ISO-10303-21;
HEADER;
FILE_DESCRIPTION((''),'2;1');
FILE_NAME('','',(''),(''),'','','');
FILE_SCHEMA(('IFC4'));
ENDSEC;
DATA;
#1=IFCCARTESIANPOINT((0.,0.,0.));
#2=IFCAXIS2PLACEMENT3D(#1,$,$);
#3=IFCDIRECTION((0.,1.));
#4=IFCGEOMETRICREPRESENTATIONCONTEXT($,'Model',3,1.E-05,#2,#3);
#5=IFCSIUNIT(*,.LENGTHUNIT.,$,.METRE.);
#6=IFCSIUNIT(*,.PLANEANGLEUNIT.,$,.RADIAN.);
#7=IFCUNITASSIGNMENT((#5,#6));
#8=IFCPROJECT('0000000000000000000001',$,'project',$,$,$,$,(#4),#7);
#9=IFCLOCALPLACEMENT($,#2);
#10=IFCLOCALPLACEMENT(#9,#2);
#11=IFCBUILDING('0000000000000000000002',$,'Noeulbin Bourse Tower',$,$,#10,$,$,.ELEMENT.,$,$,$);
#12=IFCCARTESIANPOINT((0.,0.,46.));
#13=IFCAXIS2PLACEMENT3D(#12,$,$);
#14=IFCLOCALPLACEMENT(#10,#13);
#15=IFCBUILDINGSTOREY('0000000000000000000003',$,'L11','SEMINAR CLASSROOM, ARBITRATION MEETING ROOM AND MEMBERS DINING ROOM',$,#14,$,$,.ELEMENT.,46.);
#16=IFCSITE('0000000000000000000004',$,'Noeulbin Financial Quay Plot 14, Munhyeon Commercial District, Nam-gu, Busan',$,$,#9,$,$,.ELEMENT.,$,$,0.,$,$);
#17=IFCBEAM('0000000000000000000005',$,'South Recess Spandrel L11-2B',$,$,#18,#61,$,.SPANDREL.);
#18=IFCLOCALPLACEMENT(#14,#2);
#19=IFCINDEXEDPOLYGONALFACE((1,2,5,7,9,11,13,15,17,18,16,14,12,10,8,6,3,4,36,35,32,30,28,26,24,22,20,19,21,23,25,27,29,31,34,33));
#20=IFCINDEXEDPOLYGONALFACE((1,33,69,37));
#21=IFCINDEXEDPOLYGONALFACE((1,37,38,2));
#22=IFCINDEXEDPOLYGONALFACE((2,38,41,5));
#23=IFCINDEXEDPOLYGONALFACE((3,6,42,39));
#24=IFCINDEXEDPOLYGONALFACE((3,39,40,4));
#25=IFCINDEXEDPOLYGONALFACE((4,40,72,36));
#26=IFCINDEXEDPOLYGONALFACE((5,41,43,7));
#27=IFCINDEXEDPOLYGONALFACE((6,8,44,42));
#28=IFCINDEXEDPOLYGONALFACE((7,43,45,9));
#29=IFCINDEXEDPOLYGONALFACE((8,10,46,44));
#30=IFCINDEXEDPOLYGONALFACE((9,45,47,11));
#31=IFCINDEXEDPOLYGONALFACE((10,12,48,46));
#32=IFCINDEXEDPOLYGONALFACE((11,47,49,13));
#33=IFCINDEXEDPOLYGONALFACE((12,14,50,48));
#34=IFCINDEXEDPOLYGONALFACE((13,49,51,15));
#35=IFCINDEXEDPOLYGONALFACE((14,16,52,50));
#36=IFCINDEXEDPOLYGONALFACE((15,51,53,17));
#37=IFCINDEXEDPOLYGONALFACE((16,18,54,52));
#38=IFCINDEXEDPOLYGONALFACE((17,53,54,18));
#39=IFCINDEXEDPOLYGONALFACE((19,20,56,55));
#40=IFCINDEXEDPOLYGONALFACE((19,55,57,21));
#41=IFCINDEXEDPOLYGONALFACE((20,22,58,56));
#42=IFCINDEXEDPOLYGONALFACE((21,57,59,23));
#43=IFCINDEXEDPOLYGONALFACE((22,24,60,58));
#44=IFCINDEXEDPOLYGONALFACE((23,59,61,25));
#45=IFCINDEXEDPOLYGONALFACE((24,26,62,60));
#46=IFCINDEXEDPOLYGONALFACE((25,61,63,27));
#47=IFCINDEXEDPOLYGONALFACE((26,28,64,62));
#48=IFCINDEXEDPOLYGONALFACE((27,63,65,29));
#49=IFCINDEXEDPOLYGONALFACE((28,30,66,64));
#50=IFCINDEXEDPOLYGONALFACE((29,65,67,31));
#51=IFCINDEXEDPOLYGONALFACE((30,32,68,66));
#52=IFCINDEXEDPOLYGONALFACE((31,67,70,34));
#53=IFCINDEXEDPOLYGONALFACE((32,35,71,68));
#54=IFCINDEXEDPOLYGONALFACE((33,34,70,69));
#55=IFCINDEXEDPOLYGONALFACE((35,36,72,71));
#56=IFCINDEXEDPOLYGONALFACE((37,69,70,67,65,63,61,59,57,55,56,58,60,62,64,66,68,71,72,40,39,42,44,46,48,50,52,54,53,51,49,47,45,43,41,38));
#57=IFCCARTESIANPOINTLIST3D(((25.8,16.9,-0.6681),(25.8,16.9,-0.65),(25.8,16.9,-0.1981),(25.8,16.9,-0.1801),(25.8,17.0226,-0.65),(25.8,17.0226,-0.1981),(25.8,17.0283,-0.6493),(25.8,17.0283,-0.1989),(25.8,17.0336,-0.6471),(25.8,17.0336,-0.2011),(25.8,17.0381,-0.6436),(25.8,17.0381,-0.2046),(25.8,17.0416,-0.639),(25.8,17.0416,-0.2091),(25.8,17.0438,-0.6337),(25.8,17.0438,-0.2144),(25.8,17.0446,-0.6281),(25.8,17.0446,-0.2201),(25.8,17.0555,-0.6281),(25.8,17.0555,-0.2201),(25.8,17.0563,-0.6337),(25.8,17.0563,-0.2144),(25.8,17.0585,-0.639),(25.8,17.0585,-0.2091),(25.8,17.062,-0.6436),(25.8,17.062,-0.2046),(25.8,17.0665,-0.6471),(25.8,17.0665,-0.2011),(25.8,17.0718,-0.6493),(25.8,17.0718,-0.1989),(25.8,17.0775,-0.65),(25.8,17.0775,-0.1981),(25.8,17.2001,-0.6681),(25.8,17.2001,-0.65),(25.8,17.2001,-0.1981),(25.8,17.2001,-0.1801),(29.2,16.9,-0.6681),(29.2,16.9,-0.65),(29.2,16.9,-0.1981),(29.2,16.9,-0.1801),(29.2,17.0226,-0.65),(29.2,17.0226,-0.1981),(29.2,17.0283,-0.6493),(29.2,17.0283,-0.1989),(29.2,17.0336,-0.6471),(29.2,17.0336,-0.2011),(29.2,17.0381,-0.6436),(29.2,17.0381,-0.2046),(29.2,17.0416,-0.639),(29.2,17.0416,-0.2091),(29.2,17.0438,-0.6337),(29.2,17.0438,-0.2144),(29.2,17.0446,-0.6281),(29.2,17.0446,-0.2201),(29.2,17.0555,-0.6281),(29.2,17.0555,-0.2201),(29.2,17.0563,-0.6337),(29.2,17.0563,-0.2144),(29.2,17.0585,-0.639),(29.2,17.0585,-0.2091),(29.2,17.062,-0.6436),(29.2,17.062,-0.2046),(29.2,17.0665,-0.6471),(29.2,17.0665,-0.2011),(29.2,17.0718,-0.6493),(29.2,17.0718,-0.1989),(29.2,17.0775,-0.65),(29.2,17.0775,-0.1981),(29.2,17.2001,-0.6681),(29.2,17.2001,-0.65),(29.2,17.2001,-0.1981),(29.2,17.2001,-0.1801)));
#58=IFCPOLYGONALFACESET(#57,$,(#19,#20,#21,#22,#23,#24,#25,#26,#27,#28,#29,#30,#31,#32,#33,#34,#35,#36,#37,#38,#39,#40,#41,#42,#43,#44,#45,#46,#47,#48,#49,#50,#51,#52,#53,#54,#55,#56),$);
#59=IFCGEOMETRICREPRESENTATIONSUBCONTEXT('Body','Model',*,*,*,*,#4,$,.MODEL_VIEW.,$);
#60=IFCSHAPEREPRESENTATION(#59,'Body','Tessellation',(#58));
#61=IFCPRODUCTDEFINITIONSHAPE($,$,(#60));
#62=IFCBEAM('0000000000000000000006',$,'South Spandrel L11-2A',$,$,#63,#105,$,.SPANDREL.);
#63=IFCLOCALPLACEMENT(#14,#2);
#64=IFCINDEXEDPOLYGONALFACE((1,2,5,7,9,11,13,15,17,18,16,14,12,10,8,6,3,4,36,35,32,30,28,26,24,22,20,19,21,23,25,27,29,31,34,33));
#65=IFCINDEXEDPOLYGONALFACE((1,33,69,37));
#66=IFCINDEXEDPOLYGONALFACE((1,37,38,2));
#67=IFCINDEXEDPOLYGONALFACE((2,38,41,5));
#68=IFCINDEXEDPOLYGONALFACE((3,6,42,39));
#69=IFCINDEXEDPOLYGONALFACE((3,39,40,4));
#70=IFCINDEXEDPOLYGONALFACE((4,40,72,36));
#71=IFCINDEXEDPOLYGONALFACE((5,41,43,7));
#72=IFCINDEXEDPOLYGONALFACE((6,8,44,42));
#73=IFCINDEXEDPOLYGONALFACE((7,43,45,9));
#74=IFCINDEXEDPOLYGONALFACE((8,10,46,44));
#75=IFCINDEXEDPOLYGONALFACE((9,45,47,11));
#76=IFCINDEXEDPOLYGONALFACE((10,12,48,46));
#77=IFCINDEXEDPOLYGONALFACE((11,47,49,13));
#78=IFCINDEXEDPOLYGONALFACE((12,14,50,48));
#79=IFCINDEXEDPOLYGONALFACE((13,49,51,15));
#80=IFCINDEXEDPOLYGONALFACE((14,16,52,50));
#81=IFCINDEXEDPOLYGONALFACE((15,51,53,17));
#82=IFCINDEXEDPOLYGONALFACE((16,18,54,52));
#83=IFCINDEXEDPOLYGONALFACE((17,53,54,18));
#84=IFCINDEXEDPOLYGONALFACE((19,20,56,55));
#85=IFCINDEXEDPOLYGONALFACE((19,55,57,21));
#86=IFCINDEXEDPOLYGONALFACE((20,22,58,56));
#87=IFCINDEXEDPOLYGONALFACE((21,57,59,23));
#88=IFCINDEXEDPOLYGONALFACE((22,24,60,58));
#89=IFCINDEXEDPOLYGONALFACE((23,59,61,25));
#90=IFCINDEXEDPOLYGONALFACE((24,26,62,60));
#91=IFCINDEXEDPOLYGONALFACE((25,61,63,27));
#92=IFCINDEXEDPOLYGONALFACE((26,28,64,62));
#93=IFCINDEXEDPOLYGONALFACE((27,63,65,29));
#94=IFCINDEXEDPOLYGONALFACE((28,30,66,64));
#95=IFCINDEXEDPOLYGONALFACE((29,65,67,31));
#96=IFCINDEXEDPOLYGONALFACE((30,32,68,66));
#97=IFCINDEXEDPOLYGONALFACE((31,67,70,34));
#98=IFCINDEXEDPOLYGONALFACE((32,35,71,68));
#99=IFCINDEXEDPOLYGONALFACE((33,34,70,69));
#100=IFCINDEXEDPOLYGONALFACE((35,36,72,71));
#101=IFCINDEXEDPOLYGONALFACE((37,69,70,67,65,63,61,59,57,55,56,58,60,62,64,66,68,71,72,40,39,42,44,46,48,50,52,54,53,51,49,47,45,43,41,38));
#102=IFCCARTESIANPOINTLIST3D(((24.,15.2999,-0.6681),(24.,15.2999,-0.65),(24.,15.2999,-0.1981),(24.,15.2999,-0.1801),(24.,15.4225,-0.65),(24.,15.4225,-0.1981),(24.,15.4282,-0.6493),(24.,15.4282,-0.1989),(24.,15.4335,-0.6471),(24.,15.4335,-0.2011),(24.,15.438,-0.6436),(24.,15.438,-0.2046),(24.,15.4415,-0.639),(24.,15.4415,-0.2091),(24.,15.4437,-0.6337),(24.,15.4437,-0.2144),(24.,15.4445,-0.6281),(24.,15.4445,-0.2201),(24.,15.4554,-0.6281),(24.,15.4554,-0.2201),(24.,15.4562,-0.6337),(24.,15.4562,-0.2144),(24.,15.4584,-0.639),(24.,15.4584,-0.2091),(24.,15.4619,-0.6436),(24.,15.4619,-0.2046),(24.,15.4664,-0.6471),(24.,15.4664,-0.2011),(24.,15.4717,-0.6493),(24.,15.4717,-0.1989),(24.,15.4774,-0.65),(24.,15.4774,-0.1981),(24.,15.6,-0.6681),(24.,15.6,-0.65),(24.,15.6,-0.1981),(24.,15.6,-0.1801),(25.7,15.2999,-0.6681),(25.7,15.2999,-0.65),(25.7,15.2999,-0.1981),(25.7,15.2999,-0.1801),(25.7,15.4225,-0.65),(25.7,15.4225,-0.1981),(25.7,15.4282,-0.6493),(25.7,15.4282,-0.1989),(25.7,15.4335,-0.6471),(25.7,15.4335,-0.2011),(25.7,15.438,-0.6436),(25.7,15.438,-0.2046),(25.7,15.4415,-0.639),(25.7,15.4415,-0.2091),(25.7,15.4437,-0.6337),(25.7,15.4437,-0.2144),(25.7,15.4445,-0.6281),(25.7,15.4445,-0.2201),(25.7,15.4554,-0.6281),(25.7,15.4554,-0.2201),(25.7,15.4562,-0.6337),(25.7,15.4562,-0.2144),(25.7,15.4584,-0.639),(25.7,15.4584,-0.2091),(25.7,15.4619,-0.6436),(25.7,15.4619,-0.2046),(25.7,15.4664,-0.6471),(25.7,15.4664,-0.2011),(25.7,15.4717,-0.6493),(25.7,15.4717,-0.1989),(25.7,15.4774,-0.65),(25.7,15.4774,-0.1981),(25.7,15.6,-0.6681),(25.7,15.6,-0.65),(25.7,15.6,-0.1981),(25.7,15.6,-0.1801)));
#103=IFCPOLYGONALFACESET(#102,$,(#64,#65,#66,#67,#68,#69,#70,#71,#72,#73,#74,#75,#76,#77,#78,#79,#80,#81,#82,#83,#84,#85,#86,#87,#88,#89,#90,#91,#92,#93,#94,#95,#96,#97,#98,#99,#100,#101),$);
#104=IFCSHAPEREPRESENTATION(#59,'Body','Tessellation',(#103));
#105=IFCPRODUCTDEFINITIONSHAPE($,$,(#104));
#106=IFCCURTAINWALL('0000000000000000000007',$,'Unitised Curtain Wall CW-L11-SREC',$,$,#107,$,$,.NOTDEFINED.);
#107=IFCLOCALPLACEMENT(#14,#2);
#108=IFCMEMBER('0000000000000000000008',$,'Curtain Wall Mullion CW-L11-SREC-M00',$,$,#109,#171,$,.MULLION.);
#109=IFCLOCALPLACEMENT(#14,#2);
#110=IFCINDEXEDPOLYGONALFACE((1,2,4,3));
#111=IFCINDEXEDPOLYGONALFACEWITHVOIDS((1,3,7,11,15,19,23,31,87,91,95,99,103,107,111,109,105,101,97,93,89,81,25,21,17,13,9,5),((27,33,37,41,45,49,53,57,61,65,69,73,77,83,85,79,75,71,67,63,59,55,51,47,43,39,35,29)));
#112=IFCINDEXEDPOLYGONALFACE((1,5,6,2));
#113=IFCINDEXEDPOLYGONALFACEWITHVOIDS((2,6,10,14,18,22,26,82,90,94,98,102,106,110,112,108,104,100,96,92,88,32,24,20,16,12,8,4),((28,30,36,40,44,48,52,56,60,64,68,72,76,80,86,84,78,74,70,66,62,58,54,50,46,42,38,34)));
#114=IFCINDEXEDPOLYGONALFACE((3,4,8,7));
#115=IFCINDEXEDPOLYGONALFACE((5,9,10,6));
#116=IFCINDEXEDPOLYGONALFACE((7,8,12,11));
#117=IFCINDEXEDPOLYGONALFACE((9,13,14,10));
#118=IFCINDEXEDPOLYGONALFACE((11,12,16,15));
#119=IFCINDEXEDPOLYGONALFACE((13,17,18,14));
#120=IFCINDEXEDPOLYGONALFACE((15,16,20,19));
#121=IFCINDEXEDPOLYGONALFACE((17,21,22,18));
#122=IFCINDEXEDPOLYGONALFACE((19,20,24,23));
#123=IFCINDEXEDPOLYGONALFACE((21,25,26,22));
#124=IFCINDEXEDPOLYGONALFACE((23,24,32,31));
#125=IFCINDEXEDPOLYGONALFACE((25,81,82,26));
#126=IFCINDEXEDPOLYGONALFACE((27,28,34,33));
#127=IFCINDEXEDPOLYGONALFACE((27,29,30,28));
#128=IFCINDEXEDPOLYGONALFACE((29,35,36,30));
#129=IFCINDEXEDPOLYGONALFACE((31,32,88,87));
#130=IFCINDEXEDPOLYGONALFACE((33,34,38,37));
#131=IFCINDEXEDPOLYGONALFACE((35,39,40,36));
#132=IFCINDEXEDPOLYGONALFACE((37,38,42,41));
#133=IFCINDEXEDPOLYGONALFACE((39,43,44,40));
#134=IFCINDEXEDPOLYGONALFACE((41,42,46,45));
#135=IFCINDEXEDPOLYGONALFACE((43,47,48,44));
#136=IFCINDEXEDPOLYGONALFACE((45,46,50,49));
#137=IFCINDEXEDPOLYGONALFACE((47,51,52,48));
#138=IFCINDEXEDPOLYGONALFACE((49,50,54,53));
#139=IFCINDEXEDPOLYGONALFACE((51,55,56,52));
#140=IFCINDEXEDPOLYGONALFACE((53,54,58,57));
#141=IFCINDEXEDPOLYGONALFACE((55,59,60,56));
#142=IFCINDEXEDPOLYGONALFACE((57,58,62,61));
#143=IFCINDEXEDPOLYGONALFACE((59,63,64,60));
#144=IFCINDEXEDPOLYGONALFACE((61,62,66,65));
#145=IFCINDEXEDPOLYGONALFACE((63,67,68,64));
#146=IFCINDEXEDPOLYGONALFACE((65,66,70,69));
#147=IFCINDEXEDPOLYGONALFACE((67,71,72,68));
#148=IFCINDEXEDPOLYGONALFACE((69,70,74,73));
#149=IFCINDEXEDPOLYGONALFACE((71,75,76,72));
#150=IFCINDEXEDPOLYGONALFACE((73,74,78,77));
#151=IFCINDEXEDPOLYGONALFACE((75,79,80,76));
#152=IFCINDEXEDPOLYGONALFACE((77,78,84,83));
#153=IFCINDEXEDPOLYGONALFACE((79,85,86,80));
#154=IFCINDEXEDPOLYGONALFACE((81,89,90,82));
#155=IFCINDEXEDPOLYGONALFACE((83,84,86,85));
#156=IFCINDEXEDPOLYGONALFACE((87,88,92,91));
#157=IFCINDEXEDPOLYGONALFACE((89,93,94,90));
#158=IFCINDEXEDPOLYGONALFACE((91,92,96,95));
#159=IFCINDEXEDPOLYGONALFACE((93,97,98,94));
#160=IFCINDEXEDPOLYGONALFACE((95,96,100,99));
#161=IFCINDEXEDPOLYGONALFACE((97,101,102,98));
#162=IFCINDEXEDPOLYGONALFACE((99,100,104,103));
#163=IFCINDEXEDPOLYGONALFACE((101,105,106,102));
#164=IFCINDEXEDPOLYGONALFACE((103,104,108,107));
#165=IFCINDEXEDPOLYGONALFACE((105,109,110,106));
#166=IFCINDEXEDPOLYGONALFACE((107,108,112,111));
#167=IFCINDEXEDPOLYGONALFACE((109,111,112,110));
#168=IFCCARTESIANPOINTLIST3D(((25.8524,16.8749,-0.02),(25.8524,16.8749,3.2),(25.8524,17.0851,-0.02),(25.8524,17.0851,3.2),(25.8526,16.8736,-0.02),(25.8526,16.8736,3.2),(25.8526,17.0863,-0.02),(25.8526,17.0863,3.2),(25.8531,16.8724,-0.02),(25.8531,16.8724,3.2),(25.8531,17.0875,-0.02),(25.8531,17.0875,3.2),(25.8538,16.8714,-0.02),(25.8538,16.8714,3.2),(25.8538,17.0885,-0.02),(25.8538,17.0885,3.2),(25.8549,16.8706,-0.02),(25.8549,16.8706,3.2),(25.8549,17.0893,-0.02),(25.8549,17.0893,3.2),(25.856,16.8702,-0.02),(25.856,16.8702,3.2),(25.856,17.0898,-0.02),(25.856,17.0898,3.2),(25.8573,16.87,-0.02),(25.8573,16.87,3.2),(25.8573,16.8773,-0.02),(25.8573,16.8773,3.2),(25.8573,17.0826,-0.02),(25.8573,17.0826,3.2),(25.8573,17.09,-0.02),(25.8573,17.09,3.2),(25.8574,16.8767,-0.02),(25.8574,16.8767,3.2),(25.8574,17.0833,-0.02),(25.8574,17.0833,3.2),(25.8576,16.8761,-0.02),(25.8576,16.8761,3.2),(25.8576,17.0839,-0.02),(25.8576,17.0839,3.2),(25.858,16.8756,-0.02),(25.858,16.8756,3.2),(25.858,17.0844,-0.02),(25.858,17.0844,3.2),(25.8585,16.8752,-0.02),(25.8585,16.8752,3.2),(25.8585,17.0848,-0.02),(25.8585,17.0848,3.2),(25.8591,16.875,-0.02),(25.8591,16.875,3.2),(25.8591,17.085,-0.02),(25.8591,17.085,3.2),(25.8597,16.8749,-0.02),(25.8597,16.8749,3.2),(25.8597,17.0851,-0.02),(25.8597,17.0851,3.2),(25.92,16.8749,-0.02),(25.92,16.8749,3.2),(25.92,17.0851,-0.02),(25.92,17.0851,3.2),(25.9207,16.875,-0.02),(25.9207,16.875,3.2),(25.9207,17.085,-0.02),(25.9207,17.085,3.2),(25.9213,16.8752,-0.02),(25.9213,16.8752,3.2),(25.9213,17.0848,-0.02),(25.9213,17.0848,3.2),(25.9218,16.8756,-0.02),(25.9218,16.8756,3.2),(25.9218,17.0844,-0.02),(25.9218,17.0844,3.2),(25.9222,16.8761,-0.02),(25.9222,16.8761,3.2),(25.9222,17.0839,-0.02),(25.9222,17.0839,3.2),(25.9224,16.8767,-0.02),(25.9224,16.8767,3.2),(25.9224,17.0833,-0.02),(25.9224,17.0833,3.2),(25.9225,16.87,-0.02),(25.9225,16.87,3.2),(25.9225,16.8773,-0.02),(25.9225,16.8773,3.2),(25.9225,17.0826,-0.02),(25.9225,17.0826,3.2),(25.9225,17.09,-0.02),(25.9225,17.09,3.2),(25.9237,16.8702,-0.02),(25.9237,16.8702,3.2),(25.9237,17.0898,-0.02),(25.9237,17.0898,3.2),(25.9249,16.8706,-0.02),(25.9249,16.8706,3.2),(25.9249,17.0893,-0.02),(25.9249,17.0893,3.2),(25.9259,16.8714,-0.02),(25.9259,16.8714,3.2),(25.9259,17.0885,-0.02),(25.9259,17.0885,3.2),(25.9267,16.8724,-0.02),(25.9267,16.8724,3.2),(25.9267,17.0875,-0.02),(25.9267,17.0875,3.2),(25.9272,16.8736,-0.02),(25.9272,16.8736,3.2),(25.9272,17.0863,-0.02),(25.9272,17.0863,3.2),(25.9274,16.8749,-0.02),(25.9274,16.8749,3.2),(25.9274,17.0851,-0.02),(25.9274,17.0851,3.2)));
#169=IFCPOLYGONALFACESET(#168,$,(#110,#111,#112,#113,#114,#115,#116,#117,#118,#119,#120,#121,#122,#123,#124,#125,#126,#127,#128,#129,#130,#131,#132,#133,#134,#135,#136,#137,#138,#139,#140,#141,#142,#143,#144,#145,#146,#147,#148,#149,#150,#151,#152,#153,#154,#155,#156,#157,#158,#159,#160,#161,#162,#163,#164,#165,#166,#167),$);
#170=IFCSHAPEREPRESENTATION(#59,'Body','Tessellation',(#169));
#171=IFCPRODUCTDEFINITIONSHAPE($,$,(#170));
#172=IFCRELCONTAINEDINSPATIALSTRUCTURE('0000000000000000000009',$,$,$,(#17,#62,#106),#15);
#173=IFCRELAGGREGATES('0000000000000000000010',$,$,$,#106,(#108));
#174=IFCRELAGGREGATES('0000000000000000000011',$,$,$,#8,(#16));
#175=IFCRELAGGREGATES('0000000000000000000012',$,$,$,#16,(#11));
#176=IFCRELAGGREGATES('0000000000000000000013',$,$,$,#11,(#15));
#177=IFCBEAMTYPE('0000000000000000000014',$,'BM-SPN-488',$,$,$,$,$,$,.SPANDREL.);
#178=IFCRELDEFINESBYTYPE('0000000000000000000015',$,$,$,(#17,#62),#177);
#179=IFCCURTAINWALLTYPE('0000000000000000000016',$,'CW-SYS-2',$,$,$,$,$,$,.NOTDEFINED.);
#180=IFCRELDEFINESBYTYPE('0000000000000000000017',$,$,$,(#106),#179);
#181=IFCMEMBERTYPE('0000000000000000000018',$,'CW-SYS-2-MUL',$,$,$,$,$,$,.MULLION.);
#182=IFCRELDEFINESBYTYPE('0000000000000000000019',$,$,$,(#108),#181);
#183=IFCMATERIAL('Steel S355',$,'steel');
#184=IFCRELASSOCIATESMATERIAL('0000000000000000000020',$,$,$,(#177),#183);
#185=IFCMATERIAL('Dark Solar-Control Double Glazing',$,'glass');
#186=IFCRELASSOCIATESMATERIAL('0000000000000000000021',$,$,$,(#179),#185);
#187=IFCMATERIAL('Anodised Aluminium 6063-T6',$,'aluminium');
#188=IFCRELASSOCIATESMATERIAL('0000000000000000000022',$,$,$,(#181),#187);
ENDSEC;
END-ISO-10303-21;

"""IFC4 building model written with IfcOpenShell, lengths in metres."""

from ifc_helpers import new_model, si_unit, direction, frame, origin, origin_2d, place, context, subcontext, project, spatial, hollow_rectangle, i_section, extrude, material, material_profile, profile_set, type_object, element, aggregate, save


model = new_model("IFC4")

# Units and contexts
model_context = context("Model", 3, precision=1e-05, world=origin(), true_north=direction((0.0, 1.0)))
body_context = subcontext(model_context, "Body", "Model", "MODEL_VIEW")
ifc_project = project(units=[si_unit("LENGTHUNIT", "METRE"), si_unit("PLANEANGLEUNIT", "RADIAN")], contexts=[model_context])

# Site, building, storey
site_placement = place(None, origin())
site = spatial("IfcSite", under=ifc_project, at=site_placement, Name="Noeulbin Financial Quay Plot 14, Munhyeon Commercial District, Nam-gu, Busan", CompositionType="ELEMENT", RefElevation=0.0)
building_placement = place(site_placement, origin())
building = spatial("IfcBuilding", under=site, at=building_placement, Name="Noeulbin Bourse Tower", CompositionType="ELEMENT")
storey_placement = place(building_placement, frame((0.0, 0.0, 46.0)))
storey = spatial("IfcBuildingStorey", under=building, at=storey_placement, Name="L11", Description="SEMINAR CLASSROOM, ARBITRATION MEETING ROOM AND MEMBERS DINING ROOM", CompositionType="ELEMENT", Elevation=46.0)

# Beams
ifc_material_1 = material(Name="Steel S355", Category="steel")
ifc_material_profile_1 = material_profile(ifc_material_1, i_section(OverallWidth=0.3, OverallDepth=0.488, WebThickness=0.011, FlangeThickness=0.0181, FilletRadius=0.022, at=origin_2d()), Name="H-488x300x11x18", Category="LoadBearing")
ifc_profile_set_1 = profile_set([ifc_material_profile_1], Name="Steel S355")
beam_type_1 = type_object("IfcBeamType", Name="BM-SPN-488", PredefinedType="SPANDREL", material=ifc_profile_set_1)
beam_1_placement = place(storey_placement, frame((25.8, 17.05, -0.4241), z_axis=(1.0, 0.0, 0.0), x_axis=(0.0, 1.0, 0.0)))
element("IfcBeam", 1, at=beam_1_placement, inside=storey, type_object=beam_type_1, Name="South Recess Spandrel L11-2B", PredefinedType="SPANDREL", context=body_context, shape_type="SweptSolid", body=[
    extrude(i_section(OverallWidth=0.3, OverallDepth=0.488, WebThickness=0.011, FlangeThickness=0.0181, FilletRadius=0.022, at=origin_2d()), origin(), (0.0, 0.0, 1.0), 3.3999),
])
beam_2_placement = place(storey_placement, frame((24.0, 15.45, -0.4241), z_axis=(1.0, 0.0, 0.0), x_axis=(0.0, 1.0, 0.0)))
element("IfcBeam", 2, at=beam_2_placement, inside=storey, type_object=beam_type_1, Name="South Spandrel L11-2A", PredefinedType="SPANDREL", context=body_context, shape_type="SweptSolid", body=[
    extrude(i_section(OverallWidth=0.3, OverallDepth=0.488, WebThickness=0.011, FlangeThickness=0.0181, FilletRadius=0.022, at=origin_2d()), origin(), (0.0, 0.0, 1.0), 1.7),
])

# Curtain wall, member
ifc_material_2 = material(Name="Dark Solar-Control Double Glazing", Category="glass")
curtain_wall_type = type_object("IfcCurtainWallType", Name="CW-SYS-2", PredefinedType="NOTDEFINED", material=ifc_material_2)
curtain_wall_1_placement = place(storey_placement, origin())
curtain_wall_1 = element("IfcCurtainWall", 3, at=curtain_wall_1_placement, inside=storey, type_object=curtain_wall_type, Name="Unitised Curtain Wall CW-L11-SREC", PredefinedType="NOTDEFINED")
ifc_material_3 = material(Name="Anodised Aluminium 6063-T6", Category="aluminium")
ifc_material_profile_2 = material_profile(ifc_material_3, hollow_rectangle(XDim=0.075, YDim=0.22, WallThickness=0.0049, InnerFilletRadius=0.0024, OuterFilletRadius=0.0049, at=origin_2d()), Name="ALU-MULL-75x220x5", Category="LoadBearing")
ifc_profile_set_2 = profile_set([ifc_material_profile_2], Name="Anodised Aluminium 6063-T6")
member_type_1 = type_object("IfcMemberType", Name="CW-SYS-2-MUL", PredefinedType="MULLION", material=ifc_profile_set_2)
member_1_placement = place(storey_placement, frame((25.8899, 16.98, -0.02), z_axis=(0.0, 0.0, 1.0), x_axis=(1.0, 0.0, 0.0)))
member_1 = element("IfcMember", 4, at=member_1_placement, type_object=member_type_1, Name="Curtain Wall Mullion CW-L11-SREC-M00", PredefinedType="MULLION", context=body_context, shape_type="SweptSolid", body=[
    extrude(hollow_rectangle(XDim=0.075, YDim=0.22, WallThickness=0.0049, InnerFilletRadius=0.0024, OuterFilletRadius=0.0049, at=origin_2d()), origin(), (0.0, 0.0, 1.0), 3.22),
])

aggregate(curtain_wall_1, [member_1])

save(model, "model.ifc")
